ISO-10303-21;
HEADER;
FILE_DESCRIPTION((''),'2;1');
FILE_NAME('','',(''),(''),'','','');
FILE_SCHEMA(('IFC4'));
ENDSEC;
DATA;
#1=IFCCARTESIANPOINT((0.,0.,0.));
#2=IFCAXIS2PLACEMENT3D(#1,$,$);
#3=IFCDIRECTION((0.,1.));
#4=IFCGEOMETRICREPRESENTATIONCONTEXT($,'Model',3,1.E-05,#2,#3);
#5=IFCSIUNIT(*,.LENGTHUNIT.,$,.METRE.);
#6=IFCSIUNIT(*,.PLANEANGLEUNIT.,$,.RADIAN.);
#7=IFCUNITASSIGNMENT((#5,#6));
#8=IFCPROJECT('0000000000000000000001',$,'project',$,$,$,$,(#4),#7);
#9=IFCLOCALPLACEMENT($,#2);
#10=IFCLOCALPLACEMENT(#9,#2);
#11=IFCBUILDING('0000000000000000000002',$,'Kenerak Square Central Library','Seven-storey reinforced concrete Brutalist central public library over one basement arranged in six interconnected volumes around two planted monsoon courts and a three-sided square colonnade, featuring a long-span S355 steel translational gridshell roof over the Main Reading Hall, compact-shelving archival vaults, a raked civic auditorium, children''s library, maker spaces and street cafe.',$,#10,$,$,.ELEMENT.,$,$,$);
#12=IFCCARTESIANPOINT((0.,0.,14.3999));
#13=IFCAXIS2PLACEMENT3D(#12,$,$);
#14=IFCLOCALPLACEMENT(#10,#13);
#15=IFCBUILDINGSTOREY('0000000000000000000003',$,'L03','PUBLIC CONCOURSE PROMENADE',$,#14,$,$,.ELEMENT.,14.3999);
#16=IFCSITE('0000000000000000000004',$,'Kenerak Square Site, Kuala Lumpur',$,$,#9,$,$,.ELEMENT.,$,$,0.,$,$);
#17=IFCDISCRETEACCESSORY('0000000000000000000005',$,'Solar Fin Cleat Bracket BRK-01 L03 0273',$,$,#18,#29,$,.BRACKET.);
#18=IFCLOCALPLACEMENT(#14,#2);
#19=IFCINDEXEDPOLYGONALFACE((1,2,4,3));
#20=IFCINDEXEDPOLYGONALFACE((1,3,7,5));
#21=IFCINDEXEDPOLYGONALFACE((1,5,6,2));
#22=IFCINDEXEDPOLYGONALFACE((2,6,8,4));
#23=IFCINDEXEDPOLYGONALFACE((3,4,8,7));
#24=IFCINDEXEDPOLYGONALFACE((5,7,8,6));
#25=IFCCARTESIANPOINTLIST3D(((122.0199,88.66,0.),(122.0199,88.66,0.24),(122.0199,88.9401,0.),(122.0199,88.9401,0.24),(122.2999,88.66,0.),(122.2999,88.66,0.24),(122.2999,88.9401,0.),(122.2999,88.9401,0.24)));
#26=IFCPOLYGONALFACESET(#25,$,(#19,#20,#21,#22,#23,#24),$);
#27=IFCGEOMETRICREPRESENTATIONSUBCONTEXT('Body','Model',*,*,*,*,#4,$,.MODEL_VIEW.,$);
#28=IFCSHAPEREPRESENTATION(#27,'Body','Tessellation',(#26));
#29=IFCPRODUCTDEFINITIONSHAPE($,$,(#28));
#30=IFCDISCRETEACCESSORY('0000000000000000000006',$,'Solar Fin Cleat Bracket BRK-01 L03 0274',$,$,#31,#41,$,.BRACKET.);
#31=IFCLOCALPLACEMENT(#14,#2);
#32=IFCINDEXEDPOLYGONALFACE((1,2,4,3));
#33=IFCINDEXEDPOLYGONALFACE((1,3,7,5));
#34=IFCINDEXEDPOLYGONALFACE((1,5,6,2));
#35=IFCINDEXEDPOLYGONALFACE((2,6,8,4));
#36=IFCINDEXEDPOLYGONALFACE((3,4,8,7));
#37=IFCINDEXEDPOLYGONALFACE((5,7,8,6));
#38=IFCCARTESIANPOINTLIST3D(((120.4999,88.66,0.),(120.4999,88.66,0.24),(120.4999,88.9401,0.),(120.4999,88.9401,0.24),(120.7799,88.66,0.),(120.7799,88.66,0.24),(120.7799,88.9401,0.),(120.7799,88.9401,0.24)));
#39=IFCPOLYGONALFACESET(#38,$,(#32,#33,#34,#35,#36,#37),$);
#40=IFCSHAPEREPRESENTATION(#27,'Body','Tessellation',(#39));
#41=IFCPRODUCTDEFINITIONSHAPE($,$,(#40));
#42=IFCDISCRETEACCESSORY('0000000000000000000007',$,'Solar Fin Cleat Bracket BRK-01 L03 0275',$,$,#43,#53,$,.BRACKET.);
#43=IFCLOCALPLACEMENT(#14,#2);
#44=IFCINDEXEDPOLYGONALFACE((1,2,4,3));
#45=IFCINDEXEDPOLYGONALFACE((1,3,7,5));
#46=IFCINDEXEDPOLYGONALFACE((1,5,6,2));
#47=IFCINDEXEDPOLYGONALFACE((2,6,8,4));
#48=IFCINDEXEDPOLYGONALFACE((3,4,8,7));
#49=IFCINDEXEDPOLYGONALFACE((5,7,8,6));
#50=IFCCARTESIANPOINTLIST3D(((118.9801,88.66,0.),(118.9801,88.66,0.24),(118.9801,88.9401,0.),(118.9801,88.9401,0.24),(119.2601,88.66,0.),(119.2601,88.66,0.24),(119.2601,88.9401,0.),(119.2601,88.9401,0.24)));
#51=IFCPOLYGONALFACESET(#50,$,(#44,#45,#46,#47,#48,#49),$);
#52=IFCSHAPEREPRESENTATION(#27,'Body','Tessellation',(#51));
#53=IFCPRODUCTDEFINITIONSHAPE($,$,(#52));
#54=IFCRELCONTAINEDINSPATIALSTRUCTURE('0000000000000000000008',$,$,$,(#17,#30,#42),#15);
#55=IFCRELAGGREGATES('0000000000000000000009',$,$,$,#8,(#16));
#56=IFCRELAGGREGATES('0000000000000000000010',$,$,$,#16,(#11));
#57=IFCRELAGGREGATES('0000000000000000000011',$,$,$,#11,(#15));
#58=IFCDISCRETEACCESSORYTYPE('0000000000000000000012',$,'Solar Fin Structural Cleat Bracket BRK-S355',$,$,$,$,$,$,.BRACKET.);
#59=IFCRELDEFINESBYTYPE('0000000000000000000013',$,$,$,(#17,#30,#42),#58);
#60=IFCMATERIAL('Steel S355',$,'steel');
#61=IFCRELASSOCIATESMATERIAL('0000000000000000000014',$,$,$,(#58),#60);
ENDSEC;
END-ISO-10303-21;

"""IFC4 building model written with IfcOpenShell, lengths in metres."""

from ifc_helpers import new_model, si_unit, direction, frame, origin, origin_2d, place, context, subcontext, project, spatial, rectangle, extrude, material, type_object, element, save


model = new_model("IFC4")

# Units and contexts
model_context = context("Model", 3, precision=1e-05, world=origin(), true_north=direction((0.0, 1.0)))
body_context = subcontext(model_context, "Body", "Model", "MODEL_VIEW")
ifc_project = project(units=[si_unit("LENGTHUNIT", "METRE"), si_unit("PLANEANGLEUNIT", "RADIAN")], contexts=[model_context])

# Site, building, storey
site_placement = place(None, origin())
site = spatial("IfcSite", under=ifc_project, at=site_placement, Name="Kenerak Square Site, Kuala Lumpur", CompositionType="ELEMENT", RefElevation=0.0)
building_placement = place(site_placement, origin())
building = spatial("IfcBuilding", under=site, at=building_placement, Name="Kenerak Square Central Library", Description="Seven-storey reinforced concrete Brutalist central public library over one basement arranged in six interconnected volumes around two planted monsoon courts and a three-sided square colonnade, featuring a long-span S355 steel translational gridshell roof over the Main Reading Hall, compact-shelving archival vaults, a raked civic auditorium, children's library, maker spaces and street cafe.", CompositionType="ELEMENT")
storey_placement = place(building_placement, frame((0.0, 0.0, 14.3999)))
storey = spatial("IfcBuildingStorey", under=building, at=storey_placement, Name="L03", Description="PUBLIC CONCOURSE PROMENADE", CompositionType="ELEMENT", Elevation=14.3999)

# Discrete accessories
ifc_material_1 = material(Name="Steel S355", Category="steel")
discrete_accessory_type = type_object("IfcDiscreteAccessoryType", Name="Solar Fin Structural Cleat Bracket BRK-S355", PredefinedType="BRACKET", material=ifc_material_1)
for number, where, z_axis, x_axis, name in (
    (1, (122.1599, 88.8, 0.0), (0.0, 0.0, 1.0), (-1.0, 0.0, 0.0), "Solar Fin Cleat Bracket BRK-01 L03 0273"),
    (2, (120.6399, 88.8, 0.0), (0.0, 0.0, 1.0), (-1.0, 0.0, 0.0), "Solar Fin Cleat Bracket BRK-01 L03 0274"),
    (3, (119.1201, 88.8, 0.0), (0.0, 0.0, 1.0), (-1.0, 0.0, 0.0), "Solar Fin Cleat Bracket BRK-01 L03 0275"),
):
    element("IfcDiscreteAccessory", number, at=place(storey_placement, frame(where, z_axis=z_axis, x_axis=x_axis)), inside=storey, type_object=discrete_accessory_type, Name=name, PredefinedType="BRACKET", context=body_context, shape_type="SweptSolid", body=[
        extrude(rectangle(XDim=0.28, YDim=0.28, at=origin_2d()), origin(), (0.0, 0.0, 1.0), 0.24),
    ])

save(model, "model.ifc")
